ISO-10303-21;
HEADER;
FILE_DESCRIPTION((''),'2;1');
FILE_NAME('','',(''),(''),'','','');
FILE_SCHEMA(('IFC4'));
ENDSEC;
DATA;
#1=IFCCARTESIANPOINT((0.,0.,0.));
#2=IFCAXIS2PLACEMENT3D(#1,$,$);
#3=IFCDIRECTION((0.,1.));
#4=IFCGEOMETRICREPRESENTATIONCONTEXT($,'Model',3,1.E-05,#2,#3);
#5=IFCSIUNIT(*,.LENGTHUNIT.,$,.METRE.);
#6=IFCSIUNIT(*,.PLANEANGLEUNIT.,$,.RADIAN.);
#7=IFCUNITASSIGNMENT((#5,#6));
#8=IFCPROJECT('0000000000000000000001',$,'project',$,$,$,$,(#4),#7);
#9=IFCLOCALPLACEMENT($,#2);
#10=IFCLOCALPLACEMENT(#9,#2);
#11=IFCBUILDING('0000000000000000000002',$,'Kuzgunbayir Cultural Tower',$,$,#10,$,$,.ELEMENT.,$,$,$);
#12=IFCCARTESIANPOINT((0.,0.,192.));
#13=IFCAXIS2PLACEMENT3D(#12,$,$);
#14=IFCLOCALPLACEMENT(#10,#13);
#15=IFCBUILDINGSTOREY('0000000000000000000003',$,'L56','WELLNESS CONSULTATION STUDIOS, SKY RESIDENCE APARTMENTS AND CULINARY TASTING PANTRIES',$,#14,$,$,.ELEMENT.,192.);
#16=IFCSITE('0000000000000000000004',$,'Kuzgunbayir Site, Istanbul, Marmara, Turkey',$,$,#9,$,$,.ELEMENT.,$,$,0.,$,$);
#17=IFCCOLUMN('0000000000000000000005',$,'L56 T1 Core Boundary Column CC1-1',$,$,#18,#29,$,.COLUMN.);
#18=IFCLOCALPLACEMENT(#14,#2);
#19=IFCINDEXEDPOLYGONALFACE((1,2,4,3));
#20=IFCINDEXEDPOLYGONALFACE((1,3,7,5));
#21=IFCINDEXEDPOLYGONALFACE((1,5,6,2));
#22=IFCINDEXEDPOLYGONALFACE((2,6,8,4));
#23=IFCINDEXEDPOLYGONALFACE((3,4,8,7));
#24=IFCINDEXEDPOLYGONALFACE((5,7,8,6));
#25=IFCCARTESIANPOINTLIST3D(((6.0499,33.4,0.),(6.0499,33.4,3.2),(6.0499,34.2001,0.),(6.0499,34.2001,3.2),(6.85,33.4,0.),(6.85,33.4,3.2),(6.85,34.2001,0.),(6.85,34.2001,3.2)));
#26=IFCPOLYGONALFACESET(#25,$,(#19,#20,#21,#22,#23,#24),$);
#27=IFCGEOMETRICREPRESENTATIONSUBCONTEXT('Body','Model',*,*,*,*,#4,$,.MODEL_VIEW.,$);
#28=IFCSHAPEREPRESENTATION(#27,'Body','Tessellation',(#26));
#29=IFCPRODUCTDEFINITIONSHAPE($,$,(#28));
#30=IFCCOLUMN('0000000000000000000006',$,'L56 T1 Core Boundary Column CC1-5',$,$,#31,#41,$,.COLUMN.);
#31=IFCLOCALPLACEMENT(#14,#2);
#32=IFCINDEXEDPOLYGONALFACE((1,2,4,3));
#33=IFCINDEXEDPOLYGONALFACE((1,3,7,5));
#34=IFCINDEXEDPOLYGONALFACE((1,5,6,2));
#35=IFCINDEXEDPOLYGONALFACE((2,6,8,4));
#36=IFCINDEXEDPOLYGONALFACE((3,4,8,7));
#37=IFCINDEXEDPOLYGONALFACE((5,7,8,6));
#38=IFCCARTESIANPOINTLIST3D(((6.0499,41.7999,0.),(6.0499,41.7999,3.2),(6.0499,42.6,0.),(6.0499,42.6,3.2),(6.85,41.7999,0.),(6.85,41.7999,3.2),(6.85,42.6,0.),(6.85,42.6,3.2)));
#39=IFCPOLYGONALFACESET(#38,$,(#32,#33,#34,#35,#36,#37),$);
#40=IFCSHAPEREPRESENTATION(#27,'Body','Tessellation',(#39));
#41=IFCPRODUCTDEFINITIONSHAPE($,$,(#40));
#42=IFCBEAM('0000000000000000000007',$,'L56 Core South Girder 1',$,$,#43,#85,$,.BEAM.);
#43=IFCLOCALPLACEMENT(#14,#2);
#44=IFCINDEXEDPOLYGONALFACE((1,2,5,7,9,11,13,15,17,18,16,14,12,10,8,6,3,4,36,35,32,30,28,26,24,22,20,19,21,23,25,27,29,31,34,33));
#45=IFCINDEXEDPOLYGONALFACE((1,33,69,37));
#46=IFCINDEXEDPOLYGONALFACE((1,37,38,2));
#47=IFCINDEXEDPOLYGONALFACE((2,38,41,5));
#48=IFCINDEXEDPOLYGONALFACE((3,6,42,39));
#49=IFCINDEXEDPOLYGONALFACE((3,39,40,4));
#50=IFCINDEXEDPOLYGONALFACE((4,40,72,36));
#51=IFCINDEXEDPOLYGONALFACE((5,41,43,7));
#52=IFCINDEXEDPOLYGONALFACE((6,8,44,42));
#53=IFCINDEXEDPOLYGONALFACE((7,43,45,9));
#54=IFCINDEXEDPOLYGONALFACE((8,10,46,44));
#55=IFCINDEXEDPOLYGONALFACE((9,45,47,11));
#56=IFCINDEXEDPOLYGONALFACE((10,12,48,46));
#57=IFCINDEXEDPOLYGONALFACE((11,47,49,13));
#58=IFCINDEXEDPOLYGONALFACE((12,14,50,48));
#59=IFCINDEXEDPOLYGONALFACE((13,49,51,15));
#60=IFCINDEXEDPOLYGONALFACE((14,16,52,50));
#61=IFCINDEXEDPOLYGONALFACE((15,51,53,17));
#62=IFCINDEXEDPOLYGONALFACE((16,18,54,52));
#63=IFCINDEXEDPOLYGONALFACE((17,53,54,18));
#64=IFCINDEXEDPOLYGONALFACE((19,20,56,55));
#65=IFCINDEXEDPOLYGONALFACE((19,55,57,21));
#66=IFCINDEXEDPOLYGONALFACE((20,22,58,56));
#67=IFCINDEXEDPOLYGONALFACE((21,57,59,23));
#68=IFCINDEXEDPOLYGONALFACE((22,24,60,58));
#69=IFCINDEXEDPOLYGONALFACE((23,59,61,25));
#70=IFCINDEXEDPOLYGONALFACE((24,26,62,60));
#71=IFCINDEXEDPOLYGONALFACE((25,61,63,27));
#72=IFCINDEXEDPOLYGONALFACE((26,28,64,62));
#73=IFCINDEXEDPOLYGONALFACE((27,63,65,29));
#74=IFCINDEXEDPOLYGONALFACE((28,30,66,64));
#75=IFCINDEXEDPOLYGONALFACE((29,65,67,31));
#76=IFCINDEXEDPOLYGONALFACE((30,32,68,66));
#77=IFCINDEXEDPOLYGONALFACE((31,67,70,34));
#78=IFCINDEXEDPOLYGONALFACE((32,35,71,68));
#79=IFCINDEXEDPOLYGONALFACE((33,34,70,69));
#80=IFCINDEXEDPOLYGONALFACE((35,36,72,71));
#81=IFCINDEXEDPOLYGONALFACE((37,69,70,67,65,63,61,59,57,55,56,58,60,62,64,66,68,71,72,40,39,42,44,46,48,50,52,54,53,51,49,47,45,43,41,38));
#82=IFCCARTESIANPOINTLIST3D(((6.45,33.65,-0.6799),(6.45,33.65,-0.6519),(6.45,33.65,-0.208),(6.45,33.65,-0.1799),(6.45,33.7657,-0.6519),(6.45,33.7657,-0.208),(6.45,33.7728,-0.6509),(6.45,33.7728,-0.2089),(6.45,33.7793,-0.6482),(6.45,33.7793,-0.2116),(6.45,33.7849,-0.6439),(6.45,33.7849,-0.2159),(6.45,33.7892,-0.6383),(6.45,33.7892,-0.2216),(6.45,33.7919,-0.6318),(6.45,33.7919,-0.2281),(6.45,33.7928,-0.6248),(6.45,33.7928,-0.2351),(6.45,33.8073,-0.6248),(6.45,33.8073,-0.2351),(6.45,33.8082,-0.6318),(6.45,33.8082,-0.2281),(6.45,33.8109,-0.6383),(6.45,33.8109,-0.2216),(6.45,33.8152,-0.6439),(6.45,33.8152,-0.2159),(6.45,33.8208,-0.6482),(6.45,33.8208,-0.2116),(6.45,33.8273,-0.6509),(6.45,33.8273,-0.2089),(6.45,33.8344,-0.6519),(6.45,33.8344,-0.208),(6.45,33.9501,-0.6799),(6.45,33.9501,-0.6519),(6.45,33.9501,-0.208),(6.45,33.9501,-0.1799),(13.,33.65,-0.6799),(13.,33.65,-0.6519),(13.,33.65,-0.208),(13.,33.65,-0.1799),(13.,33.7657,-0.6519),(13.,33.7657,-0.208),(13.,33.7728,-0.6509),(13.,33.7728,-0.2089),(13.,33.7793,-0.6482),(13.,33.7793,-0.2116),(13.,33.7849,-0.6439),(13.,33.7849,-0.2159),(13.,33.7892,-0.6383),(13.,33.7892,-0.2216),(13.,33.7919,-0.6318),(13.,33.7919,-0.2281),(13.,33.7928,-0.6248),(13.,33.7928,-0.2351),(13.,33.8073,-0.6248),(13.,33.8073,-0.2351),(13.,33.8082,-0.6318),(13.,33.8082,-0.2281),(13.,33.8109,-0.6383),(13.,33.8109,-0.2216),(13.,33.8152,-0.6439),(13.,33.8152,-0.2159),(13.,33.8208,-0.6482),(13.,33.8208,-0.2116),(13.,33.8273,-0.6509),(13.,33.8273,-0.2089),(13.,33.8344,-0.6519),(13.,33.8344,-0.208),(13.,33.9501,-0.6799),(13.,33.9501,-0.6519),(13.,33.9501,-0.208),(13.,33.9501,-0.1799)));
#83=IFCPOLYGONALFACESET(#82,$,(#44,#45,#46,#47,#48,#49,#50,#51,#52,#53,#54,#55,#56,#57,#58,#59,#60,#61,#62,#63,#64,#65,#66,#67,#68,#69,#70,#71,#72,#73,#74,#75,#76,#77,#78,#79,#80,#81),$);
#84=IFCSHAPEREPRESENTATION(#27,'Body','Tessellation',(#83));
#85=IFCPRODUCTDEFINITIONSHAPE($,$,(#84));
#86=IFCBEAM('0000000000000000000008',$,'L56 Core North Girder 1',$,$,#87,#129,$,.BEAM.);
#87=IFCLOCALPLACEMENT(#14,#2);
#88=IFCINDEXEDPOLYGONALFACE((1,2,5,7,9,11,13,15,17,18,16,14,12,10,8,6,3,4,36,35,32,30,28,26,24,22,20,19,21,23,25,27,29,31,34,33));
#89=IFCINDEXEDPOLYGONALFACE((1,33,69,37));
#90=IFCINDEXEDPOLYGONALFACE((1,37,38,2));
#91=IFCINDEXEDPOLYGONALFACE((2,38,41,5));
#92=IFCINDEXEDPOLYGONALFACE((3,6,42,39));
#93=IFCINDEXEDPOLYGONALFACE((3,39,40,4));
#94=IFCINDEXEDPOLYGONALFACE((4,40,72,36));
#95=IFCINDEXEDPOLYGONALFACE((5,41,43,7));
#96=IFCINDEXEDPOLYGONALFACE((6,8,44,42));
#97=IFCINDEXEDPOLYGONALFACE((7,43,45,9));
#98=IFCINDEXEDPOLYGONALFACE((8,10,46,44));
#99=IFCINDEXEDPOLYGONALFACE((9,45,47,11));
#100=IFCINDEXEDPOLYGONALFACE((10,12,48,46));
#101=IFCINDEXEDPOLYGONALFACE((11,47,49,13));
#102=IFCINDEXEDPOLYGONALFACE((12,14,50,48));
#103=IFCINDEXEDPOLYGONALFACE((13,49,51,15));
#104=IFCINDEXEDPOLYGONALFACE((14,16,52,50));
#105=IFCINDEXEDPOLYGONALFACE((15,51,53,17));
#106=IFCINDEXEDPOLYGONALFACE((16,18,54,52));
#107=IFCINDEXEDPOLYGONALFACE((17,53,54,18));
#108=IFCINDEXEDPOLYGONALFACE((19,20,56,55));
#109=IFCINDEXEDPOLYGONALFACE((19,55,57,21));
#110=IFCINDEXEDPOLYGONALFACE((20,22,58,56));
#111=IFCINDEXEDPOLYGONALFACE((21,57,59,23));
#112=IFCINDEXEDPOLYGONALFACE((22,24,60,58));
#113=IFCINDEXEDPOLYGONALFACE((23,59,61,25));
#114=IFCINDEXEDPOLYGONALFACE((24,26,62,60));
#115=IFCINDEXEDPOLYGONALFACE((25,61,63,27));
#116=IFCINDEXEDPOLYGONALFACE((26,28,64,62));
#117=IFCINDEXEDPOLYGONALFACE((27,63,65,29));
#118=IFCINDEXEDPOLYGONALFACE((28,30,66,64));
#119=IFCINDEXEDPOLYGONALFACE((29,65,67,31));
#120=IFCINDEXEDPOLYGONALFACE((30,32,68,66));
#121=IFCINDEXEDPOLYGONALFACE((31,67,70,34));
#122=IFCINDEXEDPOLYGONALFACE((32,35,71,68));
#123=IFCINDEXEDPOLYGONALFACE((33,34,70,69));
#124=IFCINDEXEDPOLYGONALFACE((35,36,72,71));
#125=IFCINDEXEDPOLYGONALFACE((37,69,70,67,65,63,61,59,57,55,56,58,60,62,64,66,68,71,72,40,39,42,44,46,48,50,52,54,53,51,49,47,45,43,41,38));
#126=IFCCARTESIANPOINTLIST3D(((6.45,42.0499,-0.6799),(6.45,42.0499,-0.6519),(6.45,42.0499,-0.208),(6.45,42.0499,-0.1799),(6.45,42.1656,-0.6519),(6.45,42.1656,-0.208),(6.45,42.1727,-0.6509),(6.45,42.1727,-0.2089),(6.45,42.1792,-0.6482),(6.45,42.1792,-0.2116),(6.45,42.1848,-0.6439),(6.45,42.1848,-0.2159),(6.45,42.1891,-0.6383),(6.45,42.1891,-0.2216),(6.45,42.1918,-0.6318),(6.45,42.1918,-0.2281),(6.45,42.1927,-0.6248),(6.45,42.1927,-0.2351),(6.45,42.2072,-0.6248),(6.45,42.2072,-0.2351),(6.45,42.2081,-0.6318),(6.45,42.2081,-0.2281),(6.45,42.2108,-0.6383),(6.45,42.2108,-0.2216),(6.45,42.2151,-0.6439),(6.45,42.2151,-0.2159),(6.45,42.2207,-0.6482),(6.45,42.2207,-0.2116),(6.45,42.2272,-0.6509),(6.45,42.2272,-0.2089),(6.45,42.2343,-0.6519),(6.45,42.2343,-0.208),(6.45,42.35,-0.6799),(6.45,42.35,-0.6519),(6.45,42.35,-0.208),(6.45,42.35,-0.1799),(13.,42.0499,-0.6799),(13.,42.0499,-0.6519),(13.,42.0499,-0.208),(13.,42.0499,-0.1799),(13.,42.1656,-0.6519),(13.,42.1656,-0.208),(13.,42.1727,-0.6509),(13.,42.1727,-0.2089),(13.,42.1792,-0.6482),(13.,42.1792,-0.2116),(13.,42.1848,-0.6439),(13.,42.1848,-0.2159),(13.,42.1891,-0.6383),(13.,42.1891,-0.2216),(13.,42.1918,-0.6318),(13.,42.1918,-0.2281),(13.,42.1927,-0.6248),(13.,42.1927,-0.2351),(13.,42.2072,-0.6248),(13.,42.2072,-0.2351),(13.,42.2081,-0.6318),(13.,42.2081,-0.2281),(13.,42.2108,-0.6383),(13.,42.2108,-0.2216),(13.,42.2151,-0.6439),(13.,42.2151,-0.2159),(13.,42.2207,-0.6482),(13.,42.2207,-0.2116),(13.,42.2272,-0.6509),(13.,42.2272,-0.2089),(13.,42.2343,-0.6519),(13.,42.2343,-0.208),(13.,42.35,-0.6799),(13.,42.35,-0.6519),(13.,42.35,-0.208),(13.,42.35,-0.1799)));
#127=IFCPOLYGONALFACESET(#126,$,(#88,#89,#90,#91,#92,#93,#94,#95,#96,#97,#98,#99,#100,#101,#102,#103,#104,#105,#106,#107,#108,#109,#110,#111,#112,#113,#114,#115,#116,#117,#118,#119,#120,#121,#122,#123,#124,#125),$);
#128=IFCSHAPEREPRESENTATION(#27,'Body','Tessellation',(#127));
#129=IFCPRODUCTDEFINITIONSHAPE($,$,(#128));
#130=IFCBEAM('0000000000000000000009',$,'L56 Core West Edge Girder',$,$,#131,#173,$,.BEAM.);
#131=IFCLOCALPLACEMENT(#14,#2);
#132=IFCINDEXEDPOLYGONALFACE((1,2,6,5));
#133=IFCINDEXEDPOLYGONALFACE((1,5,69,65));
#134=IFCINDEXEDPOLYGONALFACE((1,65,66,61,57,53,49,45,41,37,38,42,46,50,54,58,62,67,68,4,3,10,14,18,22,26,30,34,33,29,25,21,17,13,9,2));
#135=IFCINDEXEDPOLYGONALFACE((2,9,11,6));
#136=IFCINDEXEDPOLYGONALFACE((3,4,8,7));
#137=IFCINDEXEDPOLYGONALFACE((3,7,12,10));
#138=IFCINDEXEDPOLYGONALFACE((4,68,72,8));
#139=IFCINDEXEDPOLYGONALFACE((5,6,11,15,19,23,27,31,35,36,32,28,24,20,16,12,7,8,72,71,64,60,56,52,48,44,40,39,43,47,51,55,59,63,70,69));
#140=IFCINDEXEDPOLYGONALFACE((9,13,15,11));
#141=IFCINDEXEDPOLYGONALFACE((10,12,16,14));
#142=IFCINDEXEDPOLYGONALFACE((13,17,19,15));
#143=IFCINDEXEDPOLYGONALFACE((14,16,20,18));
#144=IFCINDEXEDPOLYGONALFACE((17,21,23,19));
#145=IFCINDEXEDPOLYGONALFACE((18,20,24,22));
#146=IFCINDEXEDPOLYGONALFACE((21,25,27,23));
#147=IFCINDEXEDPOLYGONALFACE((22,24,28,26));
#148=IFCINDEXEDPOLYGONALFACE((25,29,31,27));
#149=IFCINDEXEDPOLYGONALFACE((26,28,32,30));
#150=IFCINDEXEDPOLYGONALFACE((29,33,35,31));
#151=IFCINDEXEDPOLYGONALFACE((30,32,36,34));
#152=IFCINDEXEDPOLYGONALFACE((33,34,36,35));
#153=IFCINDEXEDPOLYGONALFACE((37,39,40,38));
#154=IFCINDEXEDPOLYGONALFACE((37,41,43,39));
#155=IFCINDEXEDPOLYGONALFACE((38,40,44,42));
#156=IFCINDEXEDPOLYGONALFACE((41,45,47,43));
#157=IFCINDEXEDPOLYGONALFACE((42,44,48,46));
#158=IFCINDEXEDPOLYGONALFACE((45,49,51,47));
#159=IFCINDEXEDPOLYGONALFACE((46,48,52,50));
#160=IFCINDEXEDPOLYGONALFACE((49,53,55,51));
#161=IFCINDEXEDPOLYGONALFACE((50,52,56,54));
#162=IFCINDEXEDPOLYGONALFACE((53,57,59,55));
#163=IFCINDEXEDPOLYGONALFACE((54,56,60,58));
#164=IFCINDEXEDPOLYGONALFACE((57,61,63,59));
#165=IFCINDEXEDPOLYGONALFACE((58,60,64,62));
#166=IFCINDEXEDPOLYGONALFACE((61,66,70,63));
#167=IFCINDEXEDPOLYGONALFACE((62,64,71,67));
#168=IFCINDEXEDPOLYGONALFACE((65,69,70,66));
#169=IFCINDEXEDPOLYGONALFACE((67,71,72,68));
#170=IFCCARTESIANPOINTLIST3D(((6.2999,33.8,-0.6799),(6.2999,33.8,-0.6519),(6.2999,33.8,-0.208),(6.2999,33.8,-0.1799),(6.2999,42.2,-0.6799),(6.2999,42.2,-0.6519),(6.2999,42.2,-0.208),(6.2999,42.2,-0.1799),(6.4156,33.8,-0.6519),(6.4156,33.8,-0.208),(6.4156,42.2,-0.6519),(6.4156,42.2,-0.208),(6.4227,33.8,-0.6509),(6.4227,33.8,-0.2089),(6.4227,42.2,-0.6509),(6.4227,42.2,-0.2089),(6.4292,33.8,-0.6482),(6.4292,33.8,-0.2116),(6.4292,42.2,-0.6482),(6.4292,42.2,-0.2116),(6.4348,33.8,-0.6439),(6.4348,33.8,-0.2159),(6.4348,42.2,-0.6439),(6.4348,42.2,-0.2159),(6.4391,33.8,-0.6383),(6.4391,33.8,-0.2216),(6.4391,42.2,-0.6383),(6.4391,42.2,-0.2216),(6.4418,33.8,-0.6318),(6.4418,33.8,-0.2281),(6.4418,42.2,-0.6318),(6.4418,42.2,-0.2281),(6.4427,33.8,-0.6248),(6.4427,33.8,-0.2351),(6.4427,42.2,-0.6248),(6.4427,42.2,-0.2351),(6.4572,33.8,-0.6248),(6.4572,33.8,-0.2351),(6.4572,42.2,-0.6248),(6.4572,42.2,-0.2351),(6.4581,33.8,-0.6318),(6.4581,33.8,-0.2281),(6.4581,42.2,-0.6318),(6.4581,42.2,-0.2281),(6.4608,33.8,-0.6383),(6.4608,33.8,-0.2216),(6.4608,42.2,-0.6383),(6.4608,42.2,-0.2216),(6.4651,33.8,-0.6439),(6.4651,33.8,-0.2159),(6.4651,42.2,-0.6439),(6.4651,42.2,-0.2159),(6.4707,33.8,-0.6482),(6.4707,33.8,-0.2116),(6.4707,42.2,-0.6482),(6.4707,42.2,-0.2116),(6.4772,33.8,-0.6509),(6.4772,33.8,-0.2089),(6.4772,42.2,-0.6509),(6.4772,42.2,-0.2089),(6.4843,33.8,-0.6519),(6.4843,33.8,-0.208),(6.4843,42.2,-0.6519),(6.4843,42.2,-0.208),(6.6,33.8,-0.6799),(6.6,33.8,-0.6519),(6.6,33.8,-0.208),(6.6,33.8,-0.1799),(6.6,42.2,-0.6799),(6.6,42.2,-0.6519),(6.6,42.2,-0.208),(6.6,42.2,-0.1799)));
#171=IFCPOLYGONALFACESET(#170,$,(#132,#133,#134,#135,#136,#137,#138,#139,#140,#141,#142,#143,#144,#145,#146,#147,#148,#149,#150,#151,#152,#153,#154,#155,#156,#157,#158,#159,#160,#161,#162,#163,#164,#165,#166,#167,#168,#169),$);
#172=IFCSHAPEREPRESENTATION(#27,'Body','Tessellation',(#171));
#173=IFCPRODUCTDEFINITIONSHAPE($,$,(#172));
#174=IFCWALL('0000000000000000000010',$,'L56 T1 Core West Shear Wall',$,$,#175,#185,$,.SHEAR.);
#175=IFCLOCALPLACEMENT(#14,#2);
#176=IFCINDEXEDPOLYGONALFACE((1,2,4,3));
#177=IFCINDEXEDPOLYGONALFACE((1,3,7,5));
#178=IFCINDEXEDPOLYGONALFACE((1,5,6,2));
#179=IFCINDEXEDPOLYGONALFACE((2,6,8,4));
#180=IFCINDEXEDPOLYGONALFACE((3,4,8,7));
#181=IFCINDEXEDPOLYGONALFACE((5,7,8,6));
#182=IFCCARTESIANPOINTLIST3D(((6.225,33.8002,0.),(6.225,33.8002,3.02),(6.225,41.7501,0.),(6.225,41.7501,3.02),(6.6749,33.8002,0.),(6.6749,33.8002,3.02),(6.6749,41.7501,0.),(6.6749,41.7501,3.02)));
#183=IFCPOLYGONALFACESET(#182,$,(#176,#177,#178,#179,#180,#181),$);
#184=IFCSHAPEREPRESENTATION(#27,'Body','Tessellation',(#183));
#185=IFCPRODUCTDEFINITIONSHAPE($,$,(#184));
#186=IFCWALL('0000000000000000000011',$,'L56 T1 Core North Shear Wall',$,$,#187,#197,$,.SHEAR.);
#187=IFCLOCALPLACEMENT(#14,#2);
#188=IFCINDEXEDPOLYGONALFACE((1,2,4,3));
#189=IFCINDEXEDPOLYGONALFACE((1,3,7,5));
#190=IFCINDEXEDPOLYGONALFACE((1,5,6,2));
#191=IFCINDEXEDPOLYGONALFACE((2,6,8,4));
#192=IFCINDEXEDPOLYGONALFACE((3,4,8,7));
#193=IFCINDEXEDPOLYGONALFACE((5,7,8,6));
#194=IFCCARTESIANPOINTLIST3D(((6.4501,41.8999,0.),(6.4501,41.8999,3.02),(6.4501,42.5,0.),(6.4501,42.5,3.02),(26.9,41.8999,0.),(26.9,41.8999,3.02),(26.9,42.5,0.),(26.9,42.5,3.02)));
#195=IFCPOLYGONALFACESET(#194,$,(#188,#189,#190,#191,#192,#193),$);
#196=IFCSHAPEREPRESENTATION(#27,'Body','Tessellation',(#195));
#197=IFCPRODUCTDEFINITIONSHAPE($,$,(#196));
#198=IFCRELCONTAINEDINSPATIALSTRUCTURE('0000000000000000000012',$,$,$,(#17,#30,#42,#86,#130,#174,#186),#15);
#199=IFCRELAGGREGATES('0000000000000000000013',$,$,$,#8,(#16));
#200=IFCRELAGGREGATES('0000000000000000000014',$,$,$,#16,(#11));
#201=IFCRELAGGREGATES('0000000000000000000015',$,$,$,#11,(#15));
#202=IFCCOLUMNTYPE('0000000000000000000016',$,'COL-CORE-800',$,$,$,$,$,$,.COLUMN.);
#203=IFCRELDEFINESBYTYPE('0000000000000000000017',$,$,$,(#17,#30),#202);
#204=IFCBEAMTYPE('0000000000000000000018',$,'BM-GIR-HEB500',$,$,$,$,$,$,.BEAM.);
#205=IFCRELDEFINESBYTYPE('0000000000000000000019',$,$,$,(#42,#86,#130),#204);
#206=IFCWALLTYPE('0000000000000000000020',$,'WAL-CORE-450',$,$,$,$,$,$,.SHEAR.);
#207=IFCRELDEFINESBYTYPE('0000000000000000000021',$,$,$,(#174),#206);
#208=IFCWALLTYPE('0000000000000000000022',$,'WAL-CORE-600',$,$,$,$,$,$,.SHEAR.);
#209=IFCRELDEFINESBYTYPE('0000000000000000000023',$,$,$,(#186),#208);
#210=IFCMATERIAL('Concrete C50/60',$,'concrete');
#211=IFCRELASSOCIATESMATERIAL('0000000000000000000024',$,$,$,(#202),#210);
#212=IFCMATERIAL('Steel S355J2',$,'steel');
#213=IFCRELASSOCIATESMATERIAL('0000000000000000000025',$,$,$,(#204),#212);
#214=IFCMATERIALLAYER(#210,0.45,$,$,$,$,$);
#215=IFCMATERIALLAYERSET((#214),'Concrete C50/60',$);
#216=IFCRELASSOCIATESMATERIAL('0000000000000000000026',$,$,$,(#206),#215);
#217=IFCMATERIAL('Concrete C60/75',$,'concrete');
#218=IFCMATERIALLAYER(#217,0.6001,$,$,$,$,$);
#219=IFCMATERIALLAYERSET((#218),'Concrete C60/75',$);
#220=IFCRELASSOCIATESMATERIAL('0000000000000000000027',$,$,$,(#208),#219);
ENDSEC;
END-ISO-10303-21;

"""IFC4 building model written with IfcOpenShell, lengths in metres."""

from ifc_helpers import new_model, si_unit, direction, frame, frame_2d, origin, origin_2d, place, context, subcontext, project, spatial, rectangle, i_section, extrude, material, layer, layer_set, material_profile, profile_set, type_object, element, save


model = new_model("IFC4")

# Units and contexts
model_context = context("Model", 3, precision=1e-05, world=origin(), true_north=direction((0.0, 1.0)))
body_context = subcontext(model_context, "Body", "Model", "MODEL_VIEW")
ifc_project = project(units=[si_unit("LENGTHUNIT", "METRE"), si_unit("PLANEANGLEUNIT", "RADIAN")], contexts=[model_context])

# Site, building, storey
site_placement = place(None, origin())
site = spatial("IfcSite", under=ifc_project, at=site_placement, Name="Kuzgunbayir Site, Istanbul, Marmara, Turkey", CompositionType="ELEMENT", RefElevation=0.0)
building_placement = place(site_placement, origin())
building = spatial("IfcBuilding", under=site, at=building_placement, Name="Kuzgunbayir Cultural Tower", CompositionType="ELEMENT")
storey_placement = place(building_placement, frame((0.0, 0.0, 192.0)))
storey = spatial("IfcBuildingStorey", under=building, at=storey_placement, Name="L56", Description="WELLNESS CONSULTATION STUDIOS, SKY RESIDENCE APARTMENTS AND CULINARY TASTING PANTRIES", CompositionType="ELEMENT", Elevation=192.0)

# Columns
ifc_material_1 = material(Name="Concrete C50/60", Category="concrete")
ifc_material_profile_1 = material_profile(ifc_material_1, rectangle(XDim=0.8, YDim=0.8, at=origin_2d()), Name="RC 800x800")
ifc_profile_set_1 = profile_set([ifc_material_profile_1], Name="Concrete C50/60")
column_type = type_object("IfcColumnType", Name="COL-CORE-800", PredefinedType="COLUMN", material=ifc_profile_set_1)
for number, where, z_axis, x_axis, name in (
    (1, (6.45, 33.8, 0.0), (0.0, 0.0, 1.0), (1.0, 0.0, 0.0), "L56 T1 Core Boundary Column CC1-1"),
    (2, (6.45, 42.2, 0.0), (0.0, 0.0, 1.0), (1.0, 0.0, 0.0), "L56 T1 Core Boundary Column CC1-5"),
):
    element("IfcColumn", number, at=place(storey_placement, frame(where, z_axis=z_axis, x_axis=x_axis)), inside=storey, type_object=column_type, Name=name, PredefinedType="COLUMN", context=body_context, shape_type="SweptSolid", body=[
        extrude(rectangle(XDim=0.8, YDim=0.8, at=origin_2d()), origin(), (0.0, 0.0, 1.0), 3.2),
    ])

# Beams
ifc_material_2 = material(Name="Steel S355J2", Category="steel")
ifc_material_profile_2 = material_profile(ifc_material_2, i_section(OverallWidth=0.3, OverallDepth=0.5, WebThickness=0.0144, FlangeThickness=0.0281, FilletRadius=0.0271, at=origin_2d()), Name="HEB 500")
ifc_profile_set_2 = profile_set([ifc_material_profile_2], Name="Steel S355J2")
beam_type = type_object("IfcBeamType", Name="BM-GIR-HEB500", PredefinedType="BEAM", material=ifc_profile_set_2)
for number, where, z_axis, x_axis, name in (
    (3, (6.45, 33.8, -0.4299), (1.0, 0.0, 0.0), (0.0, 1.0, 0.0), "L56 Core South Girder 1"),
    (4, (6.45, 42.2, -0.4299), (1.0, 0.0, 0.0), (0.0, 1.0, 0.0), "L56 Core North Girder 1"),
):
    element("IfcBeam", number, at=place(storey_placement, frame(where, z_axis=z_axis, x_axis=x_axis)), inside=storey, type_object=beam_type, Name=name, PredefinedType="BEAM", context=body_context, shape_type="SweptSolid", body=[
        extrude(i_section(OverallWidth=0.3, OverallDepth=0.5, WebThickness=0.0144, FlangeThickness=0.0281, FilletRadius=0.0271, at=origin_2d()), origin(), (0.0, 0.0, 1.0), 6.55),
    ])
beam_placement = place(storey_placement, frame((6.45, 33.8, -0.4299), z_axis=(0.0, 1.0, 0.0), x_axis=(-1.0, 0.0, 0.0)))
element("IfcBeam", 5, at=beam_placement, inside=storey, type_object=beam_type, Name="L56 Core West Edge Girder", PredefinedType="BEAM", context=body_context, shape_type="SweptSolid", body=[
    extrude(i_section(OverallWidth=0.3, OverallDepth=0.5, WebThickness=0.0144, FlangeThickness=0.0281, FilletRadius=0.0271, at=origin_2d()), origin(), (0.0, 0.0, 1.0), 8.3999),
])

# Walls
ifc_layer_1 = layer(ifc_material_1, 0.45)
ifc_layer_set_1 = layer_set([ifc_layer_1], Name="Concrete C50/60")
wall_type_1 = type_object("IfcWallType", Name="WAL-CORE-450", PredefinedType="SHEAR", material=ifc_layer_set_1)
wall_1_placement = place(storey_placement, frame((6.45, 33.8, 0.0), z_axis=(0.0, 0.0, 1.0), x_axis=(0.0, 1.0, 0.0)))
element("IfcWall", 6, at=wall_1_placement, inside=storey, type_object=wall_type_1, Name="L56 T1 Core West Shear Wall", PredefinedType="SHEAR", context=body_context, shape_type="SweptSolid", body=[
    extrude(rectangle(XDim=7.95, YDim=0.45, at=frame_2d((3.9751, 0.0))), origin(), (0.0, 0.0, 1.0), 3.02),
])
ifc_material_3 = material(Name="Concrete C60/75", Category="concrete")
ifc_layer_2 = layer(ifc_material_3, 0.6001)
ifc_layer_set_2 = layer_set([ifc_layer_2], Name="Concrete C60/75")
wall_type_2 = type_object("IfcWallType", Name="WAL-CORE-600", PredefinedType="SHEAR", material=ifc_layer_set_2)
wall_2_placement = place(storey_placement, frame((6.45, 42.2, 0.0), z_axis=(0.0, 0.0, 1.0), x_axis=(1.0, 0.0, 0.0)))
element("IfcWall", 7, at=wall_2_placement, inside=storey, type_object=wall_type_2, Name="L56 T1 Core North Shear Wall", PredefinedType="SHEAR", context=body_context, shape_type="SweptSolid", body=[
    extrude(rectangle(XDim=20.45, YDim=0.6001, at=frame_2d((10.2251, 0.0))), origin(), (0.0, 0.0, 1.0), 3.02),
])

save(model, "model.ifc")
